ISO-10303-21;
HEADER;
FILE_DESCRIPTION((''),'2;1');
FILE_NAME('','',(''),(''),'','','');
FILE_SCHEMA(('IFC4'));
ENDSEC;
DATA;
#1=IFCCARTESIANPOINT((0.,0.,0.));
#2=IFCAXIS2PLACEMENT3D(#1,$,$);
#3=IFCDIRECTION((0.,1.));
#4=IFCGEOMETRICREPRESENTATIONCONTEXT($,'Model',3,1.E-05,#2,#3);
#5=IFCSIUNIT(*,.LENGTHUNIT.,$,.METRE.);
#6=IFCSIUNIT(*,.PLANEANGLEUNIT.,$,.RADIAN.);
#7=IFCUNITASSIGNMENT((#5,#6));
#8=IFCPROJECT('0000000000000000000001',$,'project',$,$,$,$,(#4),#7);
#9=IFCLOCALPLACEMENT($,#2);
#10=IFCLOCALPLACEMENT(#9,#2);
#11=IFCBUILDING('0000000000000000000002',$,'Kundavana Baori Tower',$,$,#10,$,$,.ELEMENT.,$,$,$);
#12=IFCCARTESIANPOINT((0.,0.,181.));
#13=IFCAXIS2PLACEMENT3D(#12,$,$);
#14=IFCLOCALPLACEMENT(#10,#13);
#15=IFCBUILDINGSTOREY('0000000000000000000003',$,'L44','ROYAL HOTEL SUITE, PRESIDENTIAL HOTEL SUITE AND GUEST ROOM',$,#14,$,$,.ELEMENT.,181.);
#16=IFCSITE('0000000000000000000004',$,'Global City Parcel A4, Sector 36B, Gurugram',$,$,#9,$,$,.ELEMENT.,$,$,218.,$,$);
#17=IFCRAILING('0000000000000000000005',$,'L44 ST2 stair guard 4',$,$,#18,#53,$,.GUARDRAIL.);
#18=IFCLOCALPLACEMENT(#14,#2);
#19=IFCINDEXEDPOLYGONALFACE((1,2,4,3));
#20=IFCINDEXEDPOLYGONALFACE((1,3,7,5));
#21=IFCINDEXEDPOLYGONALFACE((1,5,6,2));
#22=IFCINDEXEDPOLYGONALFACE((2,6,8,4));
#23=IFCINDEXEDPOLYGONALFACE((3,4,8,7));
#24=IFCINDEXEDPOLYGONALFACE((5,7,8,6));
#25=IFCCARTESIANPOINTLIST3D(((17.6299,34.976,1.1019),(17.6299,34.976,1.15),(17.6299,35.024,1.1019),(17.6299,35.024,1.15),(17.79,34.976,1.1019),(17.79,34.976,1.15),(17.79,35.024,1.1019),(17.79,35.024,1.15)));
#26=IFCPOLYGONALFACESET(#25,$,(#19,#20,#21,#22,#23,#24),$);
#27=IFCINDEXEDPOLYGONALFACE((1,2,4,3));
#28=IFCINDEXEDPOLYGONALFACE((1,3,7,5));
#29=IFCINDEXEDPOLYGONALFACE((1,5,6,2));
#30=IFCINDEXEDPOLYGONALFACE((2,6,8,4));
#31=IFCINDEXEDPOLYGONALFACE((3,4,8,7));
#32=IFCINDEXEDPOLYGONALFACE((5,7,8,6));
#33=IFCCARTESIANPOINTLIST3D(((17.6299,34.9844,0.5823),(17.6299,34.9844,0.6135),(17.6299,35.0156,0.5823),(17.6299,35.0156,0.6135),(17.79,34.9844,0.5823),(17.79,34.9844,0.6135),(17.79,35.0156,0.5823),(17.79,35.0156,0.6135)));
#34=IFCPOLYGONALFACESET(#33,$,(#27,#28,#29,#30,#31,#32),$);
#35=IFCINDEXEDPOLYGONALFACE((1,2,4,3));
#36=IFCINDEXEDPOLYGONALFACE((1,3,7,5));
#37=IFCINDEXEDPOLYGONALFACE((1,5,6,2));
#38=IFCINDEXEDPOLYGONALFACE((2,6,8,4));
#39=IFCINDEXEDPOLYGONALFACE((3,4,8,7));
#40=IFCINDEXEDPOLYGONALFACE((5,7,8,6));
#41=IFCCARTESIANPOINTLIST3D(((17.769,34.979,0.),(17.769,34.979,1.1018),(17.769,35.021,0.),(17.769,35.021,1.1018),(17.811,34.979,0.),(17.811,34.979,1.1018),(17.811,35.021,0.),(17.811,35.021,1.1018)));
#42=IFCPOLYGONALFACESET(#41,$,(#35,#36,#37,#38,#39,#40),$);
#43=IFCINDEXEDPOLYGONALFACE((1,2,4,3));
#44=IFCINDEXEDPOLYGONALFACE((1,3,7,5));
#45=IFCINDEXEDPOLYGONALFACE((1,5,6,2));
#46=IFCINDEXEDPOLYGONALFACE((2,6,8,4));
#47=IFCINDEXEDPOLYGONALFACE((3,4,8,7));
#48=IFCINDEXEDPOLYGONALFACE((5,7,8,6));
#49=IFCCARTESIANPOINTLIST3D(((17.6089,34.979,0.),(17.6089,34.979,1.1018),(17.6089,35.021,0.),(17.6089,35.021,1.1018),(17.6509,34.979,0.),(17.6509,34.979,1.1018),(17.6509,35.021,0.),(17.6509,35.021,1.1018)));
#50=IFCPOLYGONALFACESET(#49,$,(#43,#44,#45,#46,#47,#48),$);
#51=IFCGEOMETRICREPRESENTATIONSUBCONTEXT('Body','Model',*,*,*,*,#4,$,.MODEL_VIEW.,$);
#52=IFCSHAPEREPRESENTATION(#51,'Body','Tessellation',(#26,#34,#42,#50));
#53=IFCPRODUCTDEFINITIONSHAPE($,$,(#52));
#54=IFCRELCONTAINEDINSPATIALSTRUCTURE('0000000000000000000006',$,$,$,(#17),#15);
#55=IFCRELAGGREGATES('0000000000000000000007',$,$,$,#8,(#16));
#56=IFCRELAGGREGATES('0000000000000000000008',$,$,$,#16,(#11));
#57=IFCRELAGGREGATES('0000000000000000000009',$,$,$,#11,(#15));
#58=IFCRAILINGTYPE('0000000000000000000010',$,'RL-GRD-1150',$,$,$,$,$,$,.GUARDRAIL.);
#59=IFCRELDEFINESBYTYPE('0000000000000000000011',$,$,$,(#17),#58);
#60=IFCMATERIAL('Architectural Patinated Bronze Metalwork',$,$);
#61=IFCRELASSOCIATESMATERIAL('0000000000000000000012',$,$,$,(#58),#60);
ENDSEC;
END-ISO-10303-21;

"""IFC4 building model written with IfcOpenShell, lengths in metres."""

from ifc_helpers import new_model, si_unit, direction, frame, origin, origin_2d, place, context, subcontext, project, spatial, rectangle, extrude, material, type_object, element, save


model = new_model("IFC4")

# Units and contexts
model_context = context("Model", 3, precision=1e-05, world=origin(), true_north=direction((0.0, 1.0)))
body_context = subcontext(model_context, "Body", "Model", "MODEL_VIEW")
ifc_project = project(units=[si_unit("LENGTHUNIT", "METRE"), si_unit("PLANEANGLEUNIT", "RADIAN")], contexts=[model_context])

# Site, building, storey
site_placement = place(None, origin())
site = spatial("IfcSite", under=ifc_project, at=site_placement, Name="Global City Parcel A4, Sector 36B, Gurugram", CompositionType="ELEMENT", RefElevation=218.0)
building_placement = place(site_placement, origin())
building = spatial("IfcBuilding", under=site, at=building_placement, Name="Kundavana Baori Tower", CompositionType="ELEMENT")
storey_placement = place(building_placement, frame((0.0, 0.0, 181.0)))
storey = spatial("IfcBuildingStorey", under=building, at=storey_placement, Name="L44", Description="ROYAL HOTEL SUITE, PRESIDENTIAL HOTEL SUITE AND GUEST ROOM", CompositionType="ELEMENT", Elevation=181.0)

# Railing
ifc_material_1 = material(Name="Architectural Patinated Bronze Metalwork")
railing_type = type_object("IfcRailingType", Name="RL-GRD-1150", PredefinedType="GUARDRAIL", material=ifc_material_1)
railing_1_placement = place(storey_placement, frame((17.79, 35.0, 0.0)))
element("IfcRailing", 1, at=railing_1_placement, inside=storey, type_object=railing_type, Name="L44 ST2 stair guard 4", PredefinedType="GUARDRAIL", context=body_context, shape_type="SweptSolid", body=[
    extrude(rectangle(XDim=0.0481, YDim=0.0481, at=origin_2d()), frame((0.0, 0.0, 1.126), z_axis=(-1.0, 0.0, 0.0), x_axis=(0.0, -1.0, 0.0)), (0.0, 0.0, 1.0), 0.1602),
    extrude(rectangle(XDim=0.0312, YDim=0.0312, at=origin_2d()), frame((0.0, 0.0, 0.5979), z_axis=(-1.0, 0.0, 0.0), x_axis=(0.0, -1.0, 0.0)), (0.0, 0.0, 1.0), 0.1602),
    extrude(rectangle(XDim=0.042, YDim=0.042, at=origin_2d()), origin(), (0.0, 0.0, 1.0), 1.1018),
    extrude(rectangle(XDim=0.042, YDim=0.042, at=origin_2d()), frame((-0.1602, 0.0, 0.0)), (0.0, 0.0, 1.0), 1.1018),
])

save(model, "model.ifc")
